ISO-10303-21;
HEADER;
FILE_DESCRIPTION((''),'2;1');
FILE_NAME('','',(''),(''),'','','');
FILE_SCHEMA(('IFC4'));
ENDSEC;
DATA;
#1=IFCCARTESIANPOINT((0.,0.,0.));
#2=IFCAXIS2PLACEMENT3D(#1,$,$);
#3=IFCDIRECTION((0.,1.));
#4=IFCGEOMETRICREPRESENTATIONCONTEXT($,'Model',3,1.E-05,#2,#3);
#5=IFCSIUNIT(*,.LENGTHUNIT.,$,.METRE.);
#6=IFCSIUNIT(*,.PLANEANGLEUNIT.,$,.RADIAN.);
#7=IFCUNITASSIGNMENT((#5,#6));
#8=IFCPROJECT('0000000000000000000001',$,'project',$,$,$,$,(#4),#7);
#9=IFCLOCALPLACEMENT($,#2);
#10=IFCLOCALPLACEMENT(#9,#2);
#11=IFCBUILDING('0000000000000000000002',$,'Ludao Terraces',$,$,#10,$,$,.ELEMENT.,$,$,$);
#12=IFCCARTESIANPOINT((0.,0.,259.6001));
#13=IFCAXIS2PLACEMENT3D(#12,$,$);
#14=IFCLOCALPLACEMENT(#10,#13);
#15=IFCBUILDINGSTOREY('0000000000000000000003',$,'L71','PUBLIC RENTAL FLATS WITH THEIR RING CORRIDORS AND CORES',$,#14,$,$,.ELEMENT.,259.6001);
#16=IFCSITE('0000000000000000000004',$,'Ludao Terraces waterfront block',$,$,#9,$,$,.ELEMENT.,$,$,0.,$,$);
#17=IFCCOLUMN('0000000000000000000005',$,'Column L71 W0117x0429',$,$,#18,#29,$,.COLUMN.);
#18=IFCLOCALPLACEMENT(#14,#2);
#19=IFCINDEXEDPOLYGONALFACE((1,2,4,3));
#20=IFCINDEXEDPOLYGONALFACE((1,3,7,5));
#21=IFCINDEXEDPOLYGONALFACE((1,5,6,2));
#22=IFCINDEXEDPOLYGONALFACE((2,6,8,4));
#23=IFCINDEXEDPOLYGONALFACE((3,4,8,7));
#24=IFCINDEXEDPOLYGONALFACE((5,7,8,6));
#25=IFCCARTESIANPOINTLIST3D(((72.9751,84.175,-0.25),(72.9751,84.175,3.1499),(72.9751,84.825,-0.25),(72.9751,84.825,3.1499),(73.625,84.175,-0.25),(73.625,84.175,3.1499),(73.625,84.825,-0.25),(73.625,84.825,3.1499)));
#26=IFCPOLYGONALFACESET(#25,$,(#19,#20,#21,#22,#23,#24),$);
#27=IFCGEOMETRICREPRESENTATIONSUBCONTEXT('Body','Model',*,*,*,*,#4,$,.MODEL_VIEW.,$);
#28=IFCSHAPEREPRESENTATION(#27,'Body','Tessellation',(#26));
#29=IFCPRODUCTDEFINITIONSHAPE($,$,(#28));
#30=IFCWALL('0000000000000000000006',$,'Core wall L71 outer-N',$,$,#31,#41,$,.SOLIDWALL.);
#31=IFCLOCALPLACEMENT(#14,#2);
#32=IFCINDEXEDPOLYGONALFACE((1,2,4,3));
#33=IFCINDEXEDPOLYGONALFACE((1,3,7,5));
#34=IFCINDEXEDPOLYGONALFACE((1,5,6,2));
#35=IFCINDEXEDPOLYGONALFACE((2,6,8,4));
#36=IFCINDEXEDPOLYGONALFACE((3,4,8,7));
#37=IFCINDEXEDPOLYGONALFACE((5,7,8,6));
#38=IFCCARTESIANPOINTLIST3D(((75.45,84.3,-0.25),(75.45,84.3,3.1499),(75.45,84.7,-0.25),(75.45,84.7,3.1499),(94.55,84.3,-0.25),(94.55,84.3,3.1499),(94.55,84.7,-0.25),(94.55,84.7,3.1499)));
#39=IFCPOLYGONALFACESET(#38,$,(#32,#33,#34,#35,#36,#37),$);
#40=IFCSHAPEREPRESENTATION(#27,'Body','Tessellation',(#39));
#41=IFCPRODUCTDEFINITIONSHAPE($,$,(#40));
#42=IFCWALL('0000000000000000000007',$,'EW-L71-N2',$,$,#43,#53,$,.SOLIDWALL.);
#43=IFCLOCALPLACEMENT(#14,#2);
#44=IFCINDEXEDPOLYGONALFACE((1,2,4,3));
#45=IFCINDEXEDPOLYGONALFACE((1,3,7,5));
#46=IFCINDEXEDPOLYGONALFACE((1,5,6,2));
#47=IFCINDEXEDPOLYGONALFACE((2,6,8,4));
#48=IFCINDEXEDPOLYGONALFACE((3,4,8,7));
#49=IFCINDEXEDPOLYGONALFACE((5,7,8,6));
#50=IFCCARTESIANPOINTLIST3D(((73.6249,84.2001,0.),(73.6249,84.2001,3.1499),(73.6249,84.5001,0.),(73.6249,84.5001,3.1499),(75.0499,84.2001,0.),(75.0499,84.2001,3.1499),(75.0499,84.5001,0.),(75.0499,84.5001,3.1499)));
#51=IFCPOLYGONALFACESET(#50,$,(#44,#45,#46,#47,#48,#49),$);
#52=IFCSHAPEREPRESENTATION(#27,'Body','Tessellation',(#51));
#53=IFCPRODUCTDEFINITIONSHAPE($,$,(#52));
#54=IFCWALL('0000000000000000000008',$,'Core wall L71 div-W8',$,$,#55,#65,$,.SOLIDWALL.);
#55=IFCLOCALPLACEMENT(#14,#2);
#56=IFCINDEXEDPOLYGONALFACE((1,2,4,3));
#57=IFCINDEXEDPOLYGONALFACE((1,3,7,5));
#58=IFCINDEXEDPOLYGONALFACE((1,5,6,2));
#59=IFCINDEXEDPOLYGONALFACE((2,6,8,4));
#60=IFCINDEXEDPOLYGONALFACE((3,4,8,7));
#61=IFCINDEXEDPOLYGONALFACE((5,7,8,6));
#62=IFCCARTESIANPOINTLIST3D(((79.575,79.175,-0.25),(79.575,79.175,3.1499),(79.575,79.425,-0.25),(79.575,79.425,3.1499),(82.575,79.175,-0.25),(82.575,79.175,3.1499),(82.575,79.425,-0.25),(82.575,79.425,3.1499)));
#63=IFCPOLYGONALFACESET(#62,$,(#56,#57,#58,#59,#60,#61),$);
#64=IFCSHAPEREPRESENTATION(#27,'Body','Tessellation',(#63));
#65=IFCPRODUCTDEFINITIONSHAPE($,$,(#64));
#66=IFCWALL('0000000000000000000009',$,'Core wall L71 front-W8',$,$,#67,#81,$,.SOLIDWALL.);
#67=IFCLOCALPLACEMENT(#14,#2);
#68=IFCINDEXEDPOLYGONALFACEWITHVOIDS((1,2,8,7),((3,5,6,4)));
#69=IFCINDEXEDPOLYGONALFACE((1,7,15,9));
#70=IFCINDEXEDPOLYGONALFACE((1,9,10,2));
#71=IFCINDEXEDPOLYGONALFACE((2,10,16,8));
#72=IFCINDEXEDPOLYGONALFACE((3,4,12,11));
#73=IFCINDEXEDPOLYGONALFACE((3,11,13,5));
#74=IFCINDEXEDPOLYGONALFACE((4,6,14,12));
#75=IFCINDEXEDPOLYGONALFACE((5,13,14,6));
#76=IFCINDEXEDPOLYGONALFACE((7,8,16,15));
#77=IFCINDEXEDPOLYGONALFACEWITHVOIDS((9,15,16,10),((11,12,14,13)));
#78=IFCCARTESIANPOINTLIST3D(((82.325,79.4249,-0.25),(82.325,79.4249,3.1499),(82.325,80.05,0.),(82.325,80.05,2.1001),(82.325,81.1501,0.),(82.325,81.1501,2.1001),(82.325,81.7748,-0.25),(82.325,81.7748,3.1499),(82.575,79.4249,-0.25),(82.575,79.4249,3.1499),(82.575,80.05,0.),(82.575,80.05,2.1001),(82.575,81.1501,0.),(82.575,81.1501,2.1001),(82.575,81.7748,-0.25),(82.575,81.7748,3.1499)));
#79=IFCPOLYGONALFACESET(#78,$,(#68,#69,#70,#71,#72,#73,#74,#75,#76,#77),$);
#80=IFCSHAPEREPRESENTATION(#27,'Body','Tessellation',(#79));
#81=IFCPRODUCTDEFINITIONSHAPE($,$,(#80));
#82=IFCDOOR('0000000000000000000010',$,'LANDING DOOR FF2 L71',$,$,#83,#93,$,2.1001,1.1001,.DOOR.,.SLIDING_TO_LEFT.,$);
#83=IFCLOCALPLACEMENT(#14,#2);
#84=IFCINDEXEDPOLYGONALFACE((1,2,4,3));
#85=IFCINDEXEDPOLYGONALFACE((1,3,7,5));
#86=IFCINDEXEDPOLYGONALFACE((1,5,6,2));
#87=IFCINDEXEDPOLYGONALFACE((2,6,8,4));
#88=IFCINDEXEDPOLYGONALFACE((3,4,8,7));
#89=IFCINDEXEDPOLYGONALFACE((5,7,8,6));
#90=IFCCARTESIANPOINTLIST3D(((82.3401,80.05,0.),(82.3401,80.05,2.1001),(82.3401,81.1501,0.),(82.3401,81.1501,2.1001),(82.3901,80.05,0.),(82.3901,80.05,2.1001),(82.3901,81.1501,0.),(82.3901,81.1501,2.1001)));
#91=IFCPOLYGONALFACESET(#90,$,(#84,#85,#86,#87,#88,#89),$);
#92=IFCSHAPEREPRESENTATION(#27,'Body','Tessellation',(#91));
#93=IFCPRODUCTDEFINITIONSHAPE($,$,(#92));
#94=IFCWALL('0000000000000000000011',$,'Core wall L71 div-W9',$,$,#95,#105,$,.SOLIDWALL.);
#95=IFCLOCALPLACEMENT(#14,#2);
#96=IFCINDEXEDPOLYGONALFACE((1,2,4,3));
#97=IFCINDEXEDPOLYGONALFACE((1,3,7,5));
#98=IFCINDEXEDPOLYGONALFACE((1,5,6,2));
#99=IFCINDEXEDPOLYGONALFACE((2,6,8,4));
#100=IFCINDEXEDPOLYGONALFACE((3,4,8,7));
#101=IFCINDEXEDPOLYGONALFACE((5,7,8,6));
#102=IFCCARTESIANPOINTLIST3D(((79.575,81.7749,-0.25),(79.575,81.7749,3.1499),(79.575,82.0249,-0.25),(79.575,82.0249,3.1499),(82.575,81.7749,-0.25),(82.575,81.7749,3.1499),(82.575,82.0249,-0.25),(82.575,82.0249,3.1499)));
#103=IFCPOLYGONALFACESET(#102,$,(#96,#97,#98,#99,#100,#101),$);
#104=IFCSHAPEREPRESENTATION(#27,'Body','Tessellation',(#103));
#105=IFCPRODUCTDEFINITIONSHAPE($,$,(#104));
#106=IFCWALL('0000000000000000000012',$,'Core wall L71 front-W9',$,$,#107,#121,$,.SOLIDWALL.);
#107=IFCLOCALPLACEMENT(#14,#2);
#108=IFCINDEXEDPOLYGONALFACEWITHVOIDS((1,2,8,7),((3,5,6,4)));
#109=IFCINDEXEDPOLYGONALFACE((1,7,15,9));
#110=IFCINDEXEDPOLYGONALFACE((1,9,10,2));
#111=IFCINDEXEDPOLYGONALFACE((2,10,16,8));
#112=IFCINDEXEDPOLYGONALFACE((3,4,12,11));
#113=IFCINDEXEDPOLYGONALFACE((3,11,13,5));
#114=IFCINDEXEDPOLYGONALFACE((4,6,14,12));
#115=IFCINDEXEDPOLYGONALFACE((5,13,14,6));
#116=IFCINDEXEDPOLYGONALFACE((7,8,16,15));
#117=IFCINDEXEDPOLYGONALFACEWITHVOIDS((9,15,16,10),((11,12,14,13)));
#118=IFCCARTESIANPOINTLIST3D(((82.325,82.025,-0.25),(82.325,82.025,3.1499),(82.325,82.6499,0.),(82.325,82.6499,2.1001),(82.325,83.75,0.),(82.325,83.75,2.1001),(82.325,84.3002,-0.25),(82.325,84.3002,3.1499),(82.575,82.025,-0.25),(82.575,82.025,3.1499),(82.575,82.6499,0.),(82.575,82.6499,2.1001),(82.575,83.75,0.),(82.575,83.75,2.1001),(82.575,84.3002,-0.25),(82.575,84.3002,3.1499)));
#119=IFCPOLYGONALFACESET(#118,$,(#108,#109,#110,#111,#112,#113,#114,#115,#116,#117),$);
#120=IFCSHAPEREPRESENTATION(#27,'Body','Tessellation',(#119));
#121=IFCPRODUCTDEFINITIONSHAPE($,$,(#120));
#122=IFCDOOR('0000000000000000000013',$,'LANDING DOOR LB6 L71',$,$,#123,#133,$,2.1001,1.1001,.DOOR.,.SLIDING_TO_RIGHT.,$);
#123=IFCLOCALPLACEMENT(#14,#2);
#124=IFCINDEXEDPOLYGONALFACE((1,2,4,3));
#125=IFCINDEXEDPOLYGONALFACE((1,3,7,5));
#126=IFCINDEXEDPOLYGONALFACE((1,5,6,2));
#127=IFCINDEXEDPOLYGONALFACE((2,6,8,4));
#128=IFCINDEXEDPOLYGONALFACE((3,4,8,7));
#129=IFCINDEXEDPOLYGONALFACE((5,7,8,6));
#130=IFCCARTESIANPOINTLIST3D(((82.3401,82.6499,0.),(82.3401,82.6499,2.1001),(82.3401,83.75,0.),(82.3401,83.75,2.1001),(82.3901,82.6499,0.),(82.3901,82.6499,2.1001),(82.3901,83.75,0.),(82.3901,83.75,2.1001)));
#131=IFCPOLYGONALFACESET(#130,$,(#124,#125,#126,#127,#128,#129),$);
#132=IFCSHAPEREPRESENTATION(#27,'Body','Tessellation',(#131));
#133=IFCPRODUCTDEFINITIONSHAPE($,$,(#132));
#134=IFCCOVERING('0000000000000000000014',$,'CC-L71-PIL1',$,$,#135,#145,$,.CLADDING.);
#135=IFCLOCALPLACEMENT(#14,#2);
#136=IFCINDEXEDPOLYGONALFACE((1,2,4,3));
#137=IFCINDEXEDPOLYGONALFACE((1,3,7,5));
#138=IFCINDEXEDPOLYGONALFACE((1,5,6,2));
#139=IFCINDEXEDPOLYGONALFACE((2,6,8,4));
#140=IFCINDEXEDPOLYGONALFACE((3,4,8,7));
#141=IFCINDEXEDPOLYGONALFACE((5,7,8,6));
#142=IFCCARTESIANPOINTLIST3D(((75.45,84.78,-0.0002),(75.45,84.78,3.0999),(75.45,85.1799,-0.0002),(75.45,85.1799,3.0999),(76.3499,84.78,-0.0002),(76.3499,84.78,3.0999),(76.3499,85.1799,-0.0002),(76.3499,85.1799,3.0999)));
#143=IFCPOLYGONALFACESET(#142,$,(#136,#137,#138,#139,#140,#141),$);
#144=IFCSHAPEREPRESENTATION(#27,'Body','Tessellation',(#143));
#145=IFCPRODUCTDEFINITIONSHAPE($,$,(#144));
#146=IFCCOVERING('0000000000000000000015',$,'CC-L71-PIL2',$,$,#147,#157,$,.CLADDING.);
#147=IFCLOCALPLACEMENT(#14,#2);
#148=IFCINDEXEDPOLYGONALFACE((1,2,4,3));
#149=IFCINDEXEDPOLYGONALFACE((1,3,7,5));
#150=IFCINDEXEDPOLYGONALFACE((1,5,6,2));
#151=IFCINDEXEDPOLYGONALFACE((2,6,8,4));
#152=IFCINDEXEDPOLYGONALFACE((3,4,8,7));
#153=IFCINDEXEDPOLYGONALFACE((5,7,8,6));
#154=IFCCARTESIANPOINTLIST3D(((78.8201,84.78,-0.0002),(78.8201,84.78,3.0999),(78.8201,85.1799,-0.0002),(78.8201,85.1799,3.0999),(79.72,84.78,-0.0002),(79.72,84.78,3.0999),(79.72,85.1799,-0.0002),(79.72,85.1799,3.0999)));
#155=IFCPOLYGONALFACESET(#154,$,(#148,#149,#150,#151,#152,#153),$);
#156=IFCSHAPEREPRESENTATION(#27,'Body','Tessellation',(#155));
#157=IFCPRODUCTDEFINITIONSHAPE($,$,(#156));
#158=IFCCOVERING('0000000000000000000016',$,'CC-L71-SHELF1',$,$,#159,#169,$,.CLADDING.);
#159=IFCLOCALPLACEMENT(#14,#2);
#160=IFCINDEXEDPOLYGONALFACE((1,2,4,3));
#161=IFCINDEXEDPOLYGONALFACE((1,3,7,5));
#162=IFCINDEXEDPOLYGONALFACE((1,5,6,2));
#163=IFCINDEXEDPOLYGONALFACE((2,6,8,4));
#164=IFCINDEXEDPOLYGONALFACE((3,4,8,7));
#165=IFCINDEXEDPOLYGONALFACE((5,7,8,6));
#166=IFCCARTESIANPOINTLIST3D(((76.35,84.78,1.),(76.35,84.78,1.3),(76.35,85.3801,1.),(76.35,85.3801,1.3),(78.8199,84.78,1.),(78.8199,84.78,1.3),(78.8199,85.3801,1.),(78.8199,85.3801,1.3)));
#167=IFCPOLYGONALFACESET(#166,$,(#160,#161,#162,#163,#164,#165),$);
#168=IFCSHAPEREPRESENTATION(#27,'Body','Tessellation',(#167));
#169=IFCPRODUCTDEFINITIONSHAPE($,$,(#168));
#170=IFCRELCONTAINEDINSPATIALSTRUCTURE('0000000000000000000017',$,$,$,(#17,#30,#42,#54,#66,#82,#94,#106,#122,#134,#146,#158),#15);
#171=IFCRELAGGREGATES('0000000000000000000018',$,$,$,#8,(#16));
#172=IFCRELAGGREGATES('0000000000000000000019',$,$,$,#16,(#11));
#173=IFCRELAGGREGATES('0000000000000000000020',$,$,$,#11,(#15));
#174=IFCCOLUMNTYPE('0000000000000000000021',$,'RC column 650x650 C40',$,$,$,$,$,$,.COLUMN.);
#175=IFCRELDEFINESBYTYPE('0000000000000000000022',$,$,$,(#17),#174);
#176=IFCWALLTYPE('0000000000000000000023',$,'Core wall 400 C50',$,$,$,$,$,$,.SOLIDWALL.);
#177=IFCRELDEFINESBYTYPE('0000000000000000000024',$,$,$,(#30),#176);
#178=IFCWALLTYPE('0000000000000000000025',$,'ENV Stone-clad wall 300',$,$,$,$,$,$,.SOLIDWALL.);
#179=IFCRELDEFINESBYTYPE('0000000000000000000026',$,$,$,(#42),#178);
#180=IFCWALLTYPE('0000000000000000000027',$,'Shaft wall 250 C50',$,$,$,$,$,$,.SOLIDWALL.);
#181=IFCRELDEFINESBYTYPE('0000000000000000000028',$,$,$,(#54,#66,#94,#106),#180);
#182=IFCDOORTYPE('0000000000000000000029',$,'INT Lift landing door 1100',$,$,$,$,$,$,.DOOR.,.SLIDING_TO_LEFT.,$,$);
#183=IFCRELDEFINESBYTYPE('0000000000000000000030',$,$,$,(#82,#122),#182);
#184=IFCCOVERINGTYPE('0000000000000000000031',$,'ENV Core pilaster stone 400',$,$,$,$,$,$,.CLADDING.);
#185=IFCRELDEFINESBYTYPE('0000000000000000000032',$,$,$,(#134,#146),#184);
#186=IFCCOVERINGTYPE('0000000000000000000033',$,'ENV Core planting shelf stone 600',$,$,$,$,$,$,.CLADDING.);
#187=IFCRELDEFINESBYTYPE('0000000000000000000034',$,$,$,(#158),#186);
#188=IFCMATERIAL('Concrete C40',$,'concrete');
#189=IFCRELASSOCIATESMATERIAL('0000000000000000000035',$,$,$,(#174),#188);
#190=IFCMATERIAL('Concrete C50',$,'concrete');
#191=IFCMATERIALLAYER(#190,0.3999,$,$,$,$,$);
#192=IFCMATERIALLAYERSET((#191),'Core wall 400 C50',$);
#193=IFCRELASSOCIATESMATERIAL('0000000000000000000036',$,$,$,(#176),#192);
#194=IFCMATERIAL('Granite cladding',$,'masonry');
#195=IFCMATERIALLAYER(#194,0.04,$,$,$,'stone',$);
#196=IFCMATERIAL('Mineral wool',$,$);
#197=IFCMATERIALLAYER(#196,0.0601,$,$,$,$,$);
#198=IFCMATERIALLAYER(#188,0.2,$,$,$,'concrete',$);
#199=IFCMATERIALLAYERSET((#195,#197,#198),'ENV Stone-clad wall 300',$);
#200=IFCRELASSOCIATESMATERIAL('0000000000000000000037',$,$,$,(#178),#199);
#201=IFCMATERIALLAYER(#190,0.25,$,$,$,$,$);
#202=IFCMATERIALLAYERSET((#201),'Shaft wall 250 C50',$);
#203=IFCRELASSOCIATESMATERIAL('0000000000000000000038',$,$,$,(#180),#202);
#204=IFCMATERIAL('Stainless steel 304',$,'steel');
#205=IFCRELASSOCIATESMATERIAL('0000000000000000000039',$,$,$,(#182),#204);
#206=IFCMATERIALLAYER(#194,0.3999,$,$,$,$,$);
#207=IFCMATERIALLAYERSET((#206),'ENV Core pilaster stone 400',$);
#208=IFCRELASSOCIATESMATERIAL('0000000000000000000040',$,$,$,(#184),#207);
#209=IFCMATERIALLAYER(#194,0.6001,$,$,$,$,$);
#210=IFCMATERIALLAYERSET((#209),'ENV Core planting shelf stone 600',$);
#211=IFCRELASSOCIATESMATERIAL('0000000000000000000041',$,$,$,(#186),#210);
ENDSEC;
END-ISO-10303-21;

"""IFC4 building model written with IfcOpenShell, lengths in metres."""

from ifc_helpers import new_model, si_unit, direction, frame, frame_2d, origin, origin_2d, place, context, subcontext, project, spatial, rectangle, extrude, material, layer, layer_set, material_profile, profile_set, type_object, element, fill, save


model = new_model("IFC4")

# Units and contexts
model_context = context("Model", 3, precision=1e-05, world=origin(), true_north=direction((0.0, 1.0)))
body_context = subcontext(model_context, "Body", "Model", "MODEL_VIEW")
ifc_project = project(units=[si_unit("LENGTHUNIT", "METRE"), si_unit("PLANEANGLEUNIT", "RADIAN")], contexts=[model_context])

# Site, building, storey
site_placement = place(None, origin())
site = spatial("IfcSite", under=ifc_project, at=site_placement, Name="Ludao Terraces waterfront block", CompositionType="ELEMENT", RefElevation=0.0)
building_placement = place(site_placement, origin())
building = spatial("IfcBuilding", under=site, at=building_placement, Name="Ludao Terraces", CompositionType="ELEMENT")
storey_placement = place(building_placement, frame((0.0, 0.0, 259.6001)))
storey = spatial("IfcBuildingStorey", under=building, at=storey_placement, Name="L71", Description="PUBLIC RENTAL FLATS WITH THEIR RING CORRIDORS AND CORES", CompositionType="ELEMENT", Elevation=259.6001)

# Column
ifc_material_1 = material(Name="Concrete C40", Category="concrete")
ifc_material_profile = material_profile(ifc_material_1, rectangle(XDim=0.6499, YDim=0.6499, at=origin_2d()), Name="650 X 650")
ifc_profile_set = profile_set([ifc_material_profile], Name="Concrete C40")
column_type = type_object("IfcColumnType", Name="RC column 650x650 C40", PredefinedType="COLUMN", material=ifc_profile_set)
column_placement = place(storey_placement, frame((73.3, 84.5, -0.25), z_axis=(0.0, 0.0, 1.0), x_axis=(1.0, 0.0, 0.0)))
element("IfcColumn", 1, at=column_placement, inside=storey, type_object=column_type, Name="Column L71 W0117x0429", PredefinedType="COLUMN", context=body_context, shape_type="SweptSolid", body=[
    extrude(rectangle(XDim=0.6499, YDim=0.6499, at=origin_2d()), origin(), (0.0, 0.0, 1.0), 3.3999),
])

# Walls
ifc_material_2 = material(Name="Concrete C50", Category="concrete")
ifc_layer_1 = layer(ifc_material_2, 0.3999)
ifc_layer_set_1 = layer_set([ifc_layer_1], Name="Core wall 400 C50")
wall_type_1 = type_object("IfcWallType", Name="Core wall 400 C50", PredefinedType="SOLIDWALL", material=ifc_layer_set_1)
wall_1_placement = place(storey_placement, frame((75.45, 84.5, -0.25), z_axis=(0.0, 0.0, 1.0), x_axis=(1.0, 0.0, 0.0)))
element("IfcWall", 2, at=wall_1_placement, inside=storey, type_object=wall_type_1, Name="Core wall L71 outer-N", PredefinedType="SOLIDWALL", context=body_context, shape_type="SweptSolid", body=[
    extrude(rectangle(XDim=19.1001, YDim=0.3999, at=frame_2d((9.55, 0.0))), origin(), (0.0, 0.0, 1.0), 3.3999),
])
ifc_material_3 = material(Name="Granite cladding", Category="masonry")
ifc_layer_2 = layer(ifc_material_3, 0.04, Category="stone")
ifc_material_4 = material(Name="Mineral wool")
ifc_layer_3 = layer(ifc_material_4, 0.0601)
ifc_layer_4 = layer(ifc_material_1, 0.2, Category="concrete")
ifc_layer_set_2 = layer_set([ifc_layer_2, ifc_layer_3, ifc_layer_4], Name="ENV Stone-clad wall 300")
wall_type_2 = type_object("IfcWallType", Name="ENV Stone-clad wall 300", PredefinedType="SOLIDWALL", material=ifc_layer_set_2)
wall_2_placement = place(storey_placement, frame((73.625, 84.3501, 0.0), z_axis=(0.0, 0.0, 1.0), x_axis=(1.0, 0.0, 0.0)))
element("IfcWall", 3, at=wall_2_placement, inside=storey, type_object=wall_type_2, Name="EW-L71-N2", PredefinedType="SOLIDWALL", context=body_context, shape_type="SweptSolid", body=[
    extrude(rectangle(XDim=1.425, YDim=0.3, at=frame_2d((0.7124, 0.0))), origin(), (0.0, 0.0, 1.0), 3.1499),
])
ifc_layer_5 = layer(ifc_material_2, 0.25)
ifc_layer_set_3 = layer_set([ifc_layer_5], Name="Shaft wall 250 C50")
wall_type_3 = type_object("IfcWallType", Name="Shaft wall 250 C50", PredefinedType="SOLIDWALL", material=ifc_layer_set_3)
wall_3_placement = place(storey_placement, frame((79.575, 79.3, -0.25), z_axis=(0.0, 0.0, 1.0), x_axis=(1.0, 0.0, 0.0)))
element("IfcWall", 4, at=wall_3_placement, inside=storey, type_object=wall_type_3, Name="Core wall L71 div-W8", PredefinedType="SOLIDWALL", context=body_context, shape_type="SweptSolid", body=[
    extrude(rectangle(XDim=3.0, YDim=0.25, at=frame_2d((1.5, 0.0))), origin(), (0.0, 0.0, 1.0), 3.3999),
])

# Wall, opening, door
wall_4_placement = place(storey_placement, frame((82.45, 79.425, -0.25), z_axis=(0.0, 0.0, 1.0), x_axis=(0.0, 1.0, 0.0)))
wall_4 = element("IfcWall", 5, at=wall_4_placement, inside=storey, type_object=wall_type_3, Name="Core wall L71 front-W8", PredefinedType="SOLIDWALL", context=body_context, shape_type="SweptSolid", body=[
    extrude(rectangle(XDim=2.3499, YDim=0.25, at=frame_2d((1.1748, 0.0))), origin(), (0.0, 0.0, 1.0), 3.3999),
])
opening_1_placement = place(wall_4_placement, frame((0.625, 0.0, 0.25)))
opening_1 = element("IfcOpeningElement", 6, at=opening_1_placement, cuts=wall_4, PredefinedType="OPENING", context=body_context, shape_type="SweptSolid", body=[
    extrude(rectangle(XDim=1.1001, YDim=2.1001, at=frame_2d((0.55, 1.05))), frame((0.0, 0.135, 0.0), z_axis=(0.0, -1.0, 0.0), x_axis=(1.0, 0.0, 0.0)), (0.0, 0.0, 1.0), 0.27),
])
ifc_material_5 = material(Name="Stainless steel 304", Category="steel")
door_type = type_object("IfcDoorType", Name="INT Lift landing door 1100", OperationType="SLIDING_TO_LEFT", PredefinedType="DOOR", material=ifc_material_5)
door_1_placement = place(opening_1_placement, origin())
door_1 = element("IfcDoor", 7, at=door_1_placement, inside=storey, type_object=door_type, Name="LANDING DOOR FF2 L71", OperationType="SLIDING_TO_LEFT", OverallHeight=2.1001, OverallWidth=1.1001, PredefinedType="DOOR", context=body_context, shape_type="SweptSolid", body=[
    extrude(rectangle(XDim=1.1001, YDim=2.1001, at=frame_2d((0.55, 1.05))), frame((0.0, 0.1099, 0.0), z_axis=(0.0, -1.0, 0.0), x_axis=(1.0, 0.0, 0.0)), (0.0, 0.0, 1.0), 0.05),
])
fill(opening_1, door_1)

# Wall
wall_5_placement = place(storey_placement, frame((79.575, 81.8999, -0.25), z_axis=(0.0, 0.0, 1.0), x_axis=(1.0, 0.0, 0.0)))
element("IfcWall", 8, at=wall_5_placement, inside=storey, type_object=wall_type_3, Name="Core wall L71 div-W9", PredefinedType="SOLIDWALL", context=body_context, shape_type="SweptSolid", body=[
    extrude(rectangle(XDim=3.0, YDim=0.25, at=frame_2d((1.5, 0.0))), origin(), (0.0, 0.0, 1.0), 3.3999),
])

# Wall, opening, door
wall_6_placement = place(storey_placement, frame((82.45, 82.0249, -0.25), z_axis=(0.0, 0.0, 1.0), x_axis=(0.0, 1.0, 0.0)))
wall_6 = element("IfcWall", 9, at=wall_6_placement, inside=storey, type_object=wall_type_3, Name="Core wall L71 front-W9", PredefinedType="SOLIDWALL", context=body_context, shape_type="SweptSolid", body=[
    extrude(rectangle(XDim=2.2751, YDim=0.25, at=frame_2d((1.1377, 0.0))), origin(), (0.0, 0.0, 1.0), 3.3999),
])
opening_2_placement = place(wall_6_placement, frame((0.625, 0.0, 0.25)))
opening_2 = element("IfcOpeningElement", 10, at=opening_2_placement, cuts=wall_6, PredefinedType="OPENING", context=body_context, shape_type="SweptSolid", body=[
    extrude(rectangle(XDim=1.1001, YDim=2.1001, at=frame_2d((0.55, 1.05))), frame((0.0, 0.135, 0.0), z_axis=(0.0, -1.0, 0.0), x_axis=(1.0, 0.0, 0.0)), (0.0, 0.0, 1.0), 0.27),
])
door_2_placement = place(opening_2_placement, origin())
door_2 = element("IfcDoor", 11, at=door_2_placement, inside=storey, type_object=door_type, Name="LANDING DOOR LB6 L71", OperationType="SLIDING_TO_RIGHT", OverallHeight=2.1001, OverallWidth=1.1001, PredefinedType="DOOR", context=body_context, shape_type="SweptSolid", body=[
    extrude(rectangle(XDim=1.1001, YDim=2.1001, at=frame_2d((0.55, 1.05))), frame((0.0, 0.1099, 0.0), z_axis=(0.0, -1.0, 0.0), x_axis=(1.0, 0.0, 0.0)), (0.0, 0.0, 1.0), 0.05),
])
fill(opening_2, door_2)

# Coverings
ifc_layer_6 = layer(ifc_material_3, 0.3999)
ifc_layer_set_4 = layer_set([ifc_layer_6], Name="ENV Core pilaster stone 400")
covering_type_1 = type_object("IfcCoveringType", Name="ENV Core pilaster stone 400", PredefinedType="CLADDING", material=ifc_layer_set_4)
for number, where, z_axis, x_axis, name in (
    (12, (75.8999, 84.98, -0.0002), (0.0, 0.0, 1.0), (1.0, 0.0, 0.0), "CC-L71-PIL1"),
    (13, (79.27, 84.98, -0.0002), (0.0, 0.0, 1.0), (1.0, 0.0, 0.0), "CC-L71-PIL2"),
):
    element("IfcCovering", number, at=place(storey_placement, frame(where, z_axis=z_axis, x_axis=x_axis)), inside=storey, type_object=covering_type_1, Name=name, PredefinedType="CLADDING", context=body_context, shape_type="SweptSolid", body=[
        extrude(rectangle(XDim=0.8999, YDim=0.3999, at=origin_2d()), origin(), (0.0, 0.0, 1.0), 3.1001),
    ])
ifc_layer_7 = layer(ifc_material_3, 0.6001)
ifc_layer_set_5 = layer_set([ifc_layer_7], Name="ENV Core planting shelf stone 600")
covering_type_2 = type_object("IfcCoveringType", Name="ENV Core planting shelf stone 600", PredefinedType="CLADDING", material=ifc_layer_set_5)
covering_1_placement = place(storey_placement, frame((77.585, 85.0801, 1.0), z_axis=(0.0, 0.0, 1.0), x_axis=(1.0, 0.0, 0.0)))
element("IfcCovering", 14, at=covering_1_placement, inside=storey, type_object=covering_type_2, Name="CC-L71-SHELF1", PredefinedType="CLADDING", context=body_context, shape_type="SweptSolid", body=[
    extrude(rectangle(XDim=2.47, YDim=0.6001, at=origin_2d()), origin(), (0.0, 0.0, 1.0), 0.3),
])

save(model, "model.ifc")
